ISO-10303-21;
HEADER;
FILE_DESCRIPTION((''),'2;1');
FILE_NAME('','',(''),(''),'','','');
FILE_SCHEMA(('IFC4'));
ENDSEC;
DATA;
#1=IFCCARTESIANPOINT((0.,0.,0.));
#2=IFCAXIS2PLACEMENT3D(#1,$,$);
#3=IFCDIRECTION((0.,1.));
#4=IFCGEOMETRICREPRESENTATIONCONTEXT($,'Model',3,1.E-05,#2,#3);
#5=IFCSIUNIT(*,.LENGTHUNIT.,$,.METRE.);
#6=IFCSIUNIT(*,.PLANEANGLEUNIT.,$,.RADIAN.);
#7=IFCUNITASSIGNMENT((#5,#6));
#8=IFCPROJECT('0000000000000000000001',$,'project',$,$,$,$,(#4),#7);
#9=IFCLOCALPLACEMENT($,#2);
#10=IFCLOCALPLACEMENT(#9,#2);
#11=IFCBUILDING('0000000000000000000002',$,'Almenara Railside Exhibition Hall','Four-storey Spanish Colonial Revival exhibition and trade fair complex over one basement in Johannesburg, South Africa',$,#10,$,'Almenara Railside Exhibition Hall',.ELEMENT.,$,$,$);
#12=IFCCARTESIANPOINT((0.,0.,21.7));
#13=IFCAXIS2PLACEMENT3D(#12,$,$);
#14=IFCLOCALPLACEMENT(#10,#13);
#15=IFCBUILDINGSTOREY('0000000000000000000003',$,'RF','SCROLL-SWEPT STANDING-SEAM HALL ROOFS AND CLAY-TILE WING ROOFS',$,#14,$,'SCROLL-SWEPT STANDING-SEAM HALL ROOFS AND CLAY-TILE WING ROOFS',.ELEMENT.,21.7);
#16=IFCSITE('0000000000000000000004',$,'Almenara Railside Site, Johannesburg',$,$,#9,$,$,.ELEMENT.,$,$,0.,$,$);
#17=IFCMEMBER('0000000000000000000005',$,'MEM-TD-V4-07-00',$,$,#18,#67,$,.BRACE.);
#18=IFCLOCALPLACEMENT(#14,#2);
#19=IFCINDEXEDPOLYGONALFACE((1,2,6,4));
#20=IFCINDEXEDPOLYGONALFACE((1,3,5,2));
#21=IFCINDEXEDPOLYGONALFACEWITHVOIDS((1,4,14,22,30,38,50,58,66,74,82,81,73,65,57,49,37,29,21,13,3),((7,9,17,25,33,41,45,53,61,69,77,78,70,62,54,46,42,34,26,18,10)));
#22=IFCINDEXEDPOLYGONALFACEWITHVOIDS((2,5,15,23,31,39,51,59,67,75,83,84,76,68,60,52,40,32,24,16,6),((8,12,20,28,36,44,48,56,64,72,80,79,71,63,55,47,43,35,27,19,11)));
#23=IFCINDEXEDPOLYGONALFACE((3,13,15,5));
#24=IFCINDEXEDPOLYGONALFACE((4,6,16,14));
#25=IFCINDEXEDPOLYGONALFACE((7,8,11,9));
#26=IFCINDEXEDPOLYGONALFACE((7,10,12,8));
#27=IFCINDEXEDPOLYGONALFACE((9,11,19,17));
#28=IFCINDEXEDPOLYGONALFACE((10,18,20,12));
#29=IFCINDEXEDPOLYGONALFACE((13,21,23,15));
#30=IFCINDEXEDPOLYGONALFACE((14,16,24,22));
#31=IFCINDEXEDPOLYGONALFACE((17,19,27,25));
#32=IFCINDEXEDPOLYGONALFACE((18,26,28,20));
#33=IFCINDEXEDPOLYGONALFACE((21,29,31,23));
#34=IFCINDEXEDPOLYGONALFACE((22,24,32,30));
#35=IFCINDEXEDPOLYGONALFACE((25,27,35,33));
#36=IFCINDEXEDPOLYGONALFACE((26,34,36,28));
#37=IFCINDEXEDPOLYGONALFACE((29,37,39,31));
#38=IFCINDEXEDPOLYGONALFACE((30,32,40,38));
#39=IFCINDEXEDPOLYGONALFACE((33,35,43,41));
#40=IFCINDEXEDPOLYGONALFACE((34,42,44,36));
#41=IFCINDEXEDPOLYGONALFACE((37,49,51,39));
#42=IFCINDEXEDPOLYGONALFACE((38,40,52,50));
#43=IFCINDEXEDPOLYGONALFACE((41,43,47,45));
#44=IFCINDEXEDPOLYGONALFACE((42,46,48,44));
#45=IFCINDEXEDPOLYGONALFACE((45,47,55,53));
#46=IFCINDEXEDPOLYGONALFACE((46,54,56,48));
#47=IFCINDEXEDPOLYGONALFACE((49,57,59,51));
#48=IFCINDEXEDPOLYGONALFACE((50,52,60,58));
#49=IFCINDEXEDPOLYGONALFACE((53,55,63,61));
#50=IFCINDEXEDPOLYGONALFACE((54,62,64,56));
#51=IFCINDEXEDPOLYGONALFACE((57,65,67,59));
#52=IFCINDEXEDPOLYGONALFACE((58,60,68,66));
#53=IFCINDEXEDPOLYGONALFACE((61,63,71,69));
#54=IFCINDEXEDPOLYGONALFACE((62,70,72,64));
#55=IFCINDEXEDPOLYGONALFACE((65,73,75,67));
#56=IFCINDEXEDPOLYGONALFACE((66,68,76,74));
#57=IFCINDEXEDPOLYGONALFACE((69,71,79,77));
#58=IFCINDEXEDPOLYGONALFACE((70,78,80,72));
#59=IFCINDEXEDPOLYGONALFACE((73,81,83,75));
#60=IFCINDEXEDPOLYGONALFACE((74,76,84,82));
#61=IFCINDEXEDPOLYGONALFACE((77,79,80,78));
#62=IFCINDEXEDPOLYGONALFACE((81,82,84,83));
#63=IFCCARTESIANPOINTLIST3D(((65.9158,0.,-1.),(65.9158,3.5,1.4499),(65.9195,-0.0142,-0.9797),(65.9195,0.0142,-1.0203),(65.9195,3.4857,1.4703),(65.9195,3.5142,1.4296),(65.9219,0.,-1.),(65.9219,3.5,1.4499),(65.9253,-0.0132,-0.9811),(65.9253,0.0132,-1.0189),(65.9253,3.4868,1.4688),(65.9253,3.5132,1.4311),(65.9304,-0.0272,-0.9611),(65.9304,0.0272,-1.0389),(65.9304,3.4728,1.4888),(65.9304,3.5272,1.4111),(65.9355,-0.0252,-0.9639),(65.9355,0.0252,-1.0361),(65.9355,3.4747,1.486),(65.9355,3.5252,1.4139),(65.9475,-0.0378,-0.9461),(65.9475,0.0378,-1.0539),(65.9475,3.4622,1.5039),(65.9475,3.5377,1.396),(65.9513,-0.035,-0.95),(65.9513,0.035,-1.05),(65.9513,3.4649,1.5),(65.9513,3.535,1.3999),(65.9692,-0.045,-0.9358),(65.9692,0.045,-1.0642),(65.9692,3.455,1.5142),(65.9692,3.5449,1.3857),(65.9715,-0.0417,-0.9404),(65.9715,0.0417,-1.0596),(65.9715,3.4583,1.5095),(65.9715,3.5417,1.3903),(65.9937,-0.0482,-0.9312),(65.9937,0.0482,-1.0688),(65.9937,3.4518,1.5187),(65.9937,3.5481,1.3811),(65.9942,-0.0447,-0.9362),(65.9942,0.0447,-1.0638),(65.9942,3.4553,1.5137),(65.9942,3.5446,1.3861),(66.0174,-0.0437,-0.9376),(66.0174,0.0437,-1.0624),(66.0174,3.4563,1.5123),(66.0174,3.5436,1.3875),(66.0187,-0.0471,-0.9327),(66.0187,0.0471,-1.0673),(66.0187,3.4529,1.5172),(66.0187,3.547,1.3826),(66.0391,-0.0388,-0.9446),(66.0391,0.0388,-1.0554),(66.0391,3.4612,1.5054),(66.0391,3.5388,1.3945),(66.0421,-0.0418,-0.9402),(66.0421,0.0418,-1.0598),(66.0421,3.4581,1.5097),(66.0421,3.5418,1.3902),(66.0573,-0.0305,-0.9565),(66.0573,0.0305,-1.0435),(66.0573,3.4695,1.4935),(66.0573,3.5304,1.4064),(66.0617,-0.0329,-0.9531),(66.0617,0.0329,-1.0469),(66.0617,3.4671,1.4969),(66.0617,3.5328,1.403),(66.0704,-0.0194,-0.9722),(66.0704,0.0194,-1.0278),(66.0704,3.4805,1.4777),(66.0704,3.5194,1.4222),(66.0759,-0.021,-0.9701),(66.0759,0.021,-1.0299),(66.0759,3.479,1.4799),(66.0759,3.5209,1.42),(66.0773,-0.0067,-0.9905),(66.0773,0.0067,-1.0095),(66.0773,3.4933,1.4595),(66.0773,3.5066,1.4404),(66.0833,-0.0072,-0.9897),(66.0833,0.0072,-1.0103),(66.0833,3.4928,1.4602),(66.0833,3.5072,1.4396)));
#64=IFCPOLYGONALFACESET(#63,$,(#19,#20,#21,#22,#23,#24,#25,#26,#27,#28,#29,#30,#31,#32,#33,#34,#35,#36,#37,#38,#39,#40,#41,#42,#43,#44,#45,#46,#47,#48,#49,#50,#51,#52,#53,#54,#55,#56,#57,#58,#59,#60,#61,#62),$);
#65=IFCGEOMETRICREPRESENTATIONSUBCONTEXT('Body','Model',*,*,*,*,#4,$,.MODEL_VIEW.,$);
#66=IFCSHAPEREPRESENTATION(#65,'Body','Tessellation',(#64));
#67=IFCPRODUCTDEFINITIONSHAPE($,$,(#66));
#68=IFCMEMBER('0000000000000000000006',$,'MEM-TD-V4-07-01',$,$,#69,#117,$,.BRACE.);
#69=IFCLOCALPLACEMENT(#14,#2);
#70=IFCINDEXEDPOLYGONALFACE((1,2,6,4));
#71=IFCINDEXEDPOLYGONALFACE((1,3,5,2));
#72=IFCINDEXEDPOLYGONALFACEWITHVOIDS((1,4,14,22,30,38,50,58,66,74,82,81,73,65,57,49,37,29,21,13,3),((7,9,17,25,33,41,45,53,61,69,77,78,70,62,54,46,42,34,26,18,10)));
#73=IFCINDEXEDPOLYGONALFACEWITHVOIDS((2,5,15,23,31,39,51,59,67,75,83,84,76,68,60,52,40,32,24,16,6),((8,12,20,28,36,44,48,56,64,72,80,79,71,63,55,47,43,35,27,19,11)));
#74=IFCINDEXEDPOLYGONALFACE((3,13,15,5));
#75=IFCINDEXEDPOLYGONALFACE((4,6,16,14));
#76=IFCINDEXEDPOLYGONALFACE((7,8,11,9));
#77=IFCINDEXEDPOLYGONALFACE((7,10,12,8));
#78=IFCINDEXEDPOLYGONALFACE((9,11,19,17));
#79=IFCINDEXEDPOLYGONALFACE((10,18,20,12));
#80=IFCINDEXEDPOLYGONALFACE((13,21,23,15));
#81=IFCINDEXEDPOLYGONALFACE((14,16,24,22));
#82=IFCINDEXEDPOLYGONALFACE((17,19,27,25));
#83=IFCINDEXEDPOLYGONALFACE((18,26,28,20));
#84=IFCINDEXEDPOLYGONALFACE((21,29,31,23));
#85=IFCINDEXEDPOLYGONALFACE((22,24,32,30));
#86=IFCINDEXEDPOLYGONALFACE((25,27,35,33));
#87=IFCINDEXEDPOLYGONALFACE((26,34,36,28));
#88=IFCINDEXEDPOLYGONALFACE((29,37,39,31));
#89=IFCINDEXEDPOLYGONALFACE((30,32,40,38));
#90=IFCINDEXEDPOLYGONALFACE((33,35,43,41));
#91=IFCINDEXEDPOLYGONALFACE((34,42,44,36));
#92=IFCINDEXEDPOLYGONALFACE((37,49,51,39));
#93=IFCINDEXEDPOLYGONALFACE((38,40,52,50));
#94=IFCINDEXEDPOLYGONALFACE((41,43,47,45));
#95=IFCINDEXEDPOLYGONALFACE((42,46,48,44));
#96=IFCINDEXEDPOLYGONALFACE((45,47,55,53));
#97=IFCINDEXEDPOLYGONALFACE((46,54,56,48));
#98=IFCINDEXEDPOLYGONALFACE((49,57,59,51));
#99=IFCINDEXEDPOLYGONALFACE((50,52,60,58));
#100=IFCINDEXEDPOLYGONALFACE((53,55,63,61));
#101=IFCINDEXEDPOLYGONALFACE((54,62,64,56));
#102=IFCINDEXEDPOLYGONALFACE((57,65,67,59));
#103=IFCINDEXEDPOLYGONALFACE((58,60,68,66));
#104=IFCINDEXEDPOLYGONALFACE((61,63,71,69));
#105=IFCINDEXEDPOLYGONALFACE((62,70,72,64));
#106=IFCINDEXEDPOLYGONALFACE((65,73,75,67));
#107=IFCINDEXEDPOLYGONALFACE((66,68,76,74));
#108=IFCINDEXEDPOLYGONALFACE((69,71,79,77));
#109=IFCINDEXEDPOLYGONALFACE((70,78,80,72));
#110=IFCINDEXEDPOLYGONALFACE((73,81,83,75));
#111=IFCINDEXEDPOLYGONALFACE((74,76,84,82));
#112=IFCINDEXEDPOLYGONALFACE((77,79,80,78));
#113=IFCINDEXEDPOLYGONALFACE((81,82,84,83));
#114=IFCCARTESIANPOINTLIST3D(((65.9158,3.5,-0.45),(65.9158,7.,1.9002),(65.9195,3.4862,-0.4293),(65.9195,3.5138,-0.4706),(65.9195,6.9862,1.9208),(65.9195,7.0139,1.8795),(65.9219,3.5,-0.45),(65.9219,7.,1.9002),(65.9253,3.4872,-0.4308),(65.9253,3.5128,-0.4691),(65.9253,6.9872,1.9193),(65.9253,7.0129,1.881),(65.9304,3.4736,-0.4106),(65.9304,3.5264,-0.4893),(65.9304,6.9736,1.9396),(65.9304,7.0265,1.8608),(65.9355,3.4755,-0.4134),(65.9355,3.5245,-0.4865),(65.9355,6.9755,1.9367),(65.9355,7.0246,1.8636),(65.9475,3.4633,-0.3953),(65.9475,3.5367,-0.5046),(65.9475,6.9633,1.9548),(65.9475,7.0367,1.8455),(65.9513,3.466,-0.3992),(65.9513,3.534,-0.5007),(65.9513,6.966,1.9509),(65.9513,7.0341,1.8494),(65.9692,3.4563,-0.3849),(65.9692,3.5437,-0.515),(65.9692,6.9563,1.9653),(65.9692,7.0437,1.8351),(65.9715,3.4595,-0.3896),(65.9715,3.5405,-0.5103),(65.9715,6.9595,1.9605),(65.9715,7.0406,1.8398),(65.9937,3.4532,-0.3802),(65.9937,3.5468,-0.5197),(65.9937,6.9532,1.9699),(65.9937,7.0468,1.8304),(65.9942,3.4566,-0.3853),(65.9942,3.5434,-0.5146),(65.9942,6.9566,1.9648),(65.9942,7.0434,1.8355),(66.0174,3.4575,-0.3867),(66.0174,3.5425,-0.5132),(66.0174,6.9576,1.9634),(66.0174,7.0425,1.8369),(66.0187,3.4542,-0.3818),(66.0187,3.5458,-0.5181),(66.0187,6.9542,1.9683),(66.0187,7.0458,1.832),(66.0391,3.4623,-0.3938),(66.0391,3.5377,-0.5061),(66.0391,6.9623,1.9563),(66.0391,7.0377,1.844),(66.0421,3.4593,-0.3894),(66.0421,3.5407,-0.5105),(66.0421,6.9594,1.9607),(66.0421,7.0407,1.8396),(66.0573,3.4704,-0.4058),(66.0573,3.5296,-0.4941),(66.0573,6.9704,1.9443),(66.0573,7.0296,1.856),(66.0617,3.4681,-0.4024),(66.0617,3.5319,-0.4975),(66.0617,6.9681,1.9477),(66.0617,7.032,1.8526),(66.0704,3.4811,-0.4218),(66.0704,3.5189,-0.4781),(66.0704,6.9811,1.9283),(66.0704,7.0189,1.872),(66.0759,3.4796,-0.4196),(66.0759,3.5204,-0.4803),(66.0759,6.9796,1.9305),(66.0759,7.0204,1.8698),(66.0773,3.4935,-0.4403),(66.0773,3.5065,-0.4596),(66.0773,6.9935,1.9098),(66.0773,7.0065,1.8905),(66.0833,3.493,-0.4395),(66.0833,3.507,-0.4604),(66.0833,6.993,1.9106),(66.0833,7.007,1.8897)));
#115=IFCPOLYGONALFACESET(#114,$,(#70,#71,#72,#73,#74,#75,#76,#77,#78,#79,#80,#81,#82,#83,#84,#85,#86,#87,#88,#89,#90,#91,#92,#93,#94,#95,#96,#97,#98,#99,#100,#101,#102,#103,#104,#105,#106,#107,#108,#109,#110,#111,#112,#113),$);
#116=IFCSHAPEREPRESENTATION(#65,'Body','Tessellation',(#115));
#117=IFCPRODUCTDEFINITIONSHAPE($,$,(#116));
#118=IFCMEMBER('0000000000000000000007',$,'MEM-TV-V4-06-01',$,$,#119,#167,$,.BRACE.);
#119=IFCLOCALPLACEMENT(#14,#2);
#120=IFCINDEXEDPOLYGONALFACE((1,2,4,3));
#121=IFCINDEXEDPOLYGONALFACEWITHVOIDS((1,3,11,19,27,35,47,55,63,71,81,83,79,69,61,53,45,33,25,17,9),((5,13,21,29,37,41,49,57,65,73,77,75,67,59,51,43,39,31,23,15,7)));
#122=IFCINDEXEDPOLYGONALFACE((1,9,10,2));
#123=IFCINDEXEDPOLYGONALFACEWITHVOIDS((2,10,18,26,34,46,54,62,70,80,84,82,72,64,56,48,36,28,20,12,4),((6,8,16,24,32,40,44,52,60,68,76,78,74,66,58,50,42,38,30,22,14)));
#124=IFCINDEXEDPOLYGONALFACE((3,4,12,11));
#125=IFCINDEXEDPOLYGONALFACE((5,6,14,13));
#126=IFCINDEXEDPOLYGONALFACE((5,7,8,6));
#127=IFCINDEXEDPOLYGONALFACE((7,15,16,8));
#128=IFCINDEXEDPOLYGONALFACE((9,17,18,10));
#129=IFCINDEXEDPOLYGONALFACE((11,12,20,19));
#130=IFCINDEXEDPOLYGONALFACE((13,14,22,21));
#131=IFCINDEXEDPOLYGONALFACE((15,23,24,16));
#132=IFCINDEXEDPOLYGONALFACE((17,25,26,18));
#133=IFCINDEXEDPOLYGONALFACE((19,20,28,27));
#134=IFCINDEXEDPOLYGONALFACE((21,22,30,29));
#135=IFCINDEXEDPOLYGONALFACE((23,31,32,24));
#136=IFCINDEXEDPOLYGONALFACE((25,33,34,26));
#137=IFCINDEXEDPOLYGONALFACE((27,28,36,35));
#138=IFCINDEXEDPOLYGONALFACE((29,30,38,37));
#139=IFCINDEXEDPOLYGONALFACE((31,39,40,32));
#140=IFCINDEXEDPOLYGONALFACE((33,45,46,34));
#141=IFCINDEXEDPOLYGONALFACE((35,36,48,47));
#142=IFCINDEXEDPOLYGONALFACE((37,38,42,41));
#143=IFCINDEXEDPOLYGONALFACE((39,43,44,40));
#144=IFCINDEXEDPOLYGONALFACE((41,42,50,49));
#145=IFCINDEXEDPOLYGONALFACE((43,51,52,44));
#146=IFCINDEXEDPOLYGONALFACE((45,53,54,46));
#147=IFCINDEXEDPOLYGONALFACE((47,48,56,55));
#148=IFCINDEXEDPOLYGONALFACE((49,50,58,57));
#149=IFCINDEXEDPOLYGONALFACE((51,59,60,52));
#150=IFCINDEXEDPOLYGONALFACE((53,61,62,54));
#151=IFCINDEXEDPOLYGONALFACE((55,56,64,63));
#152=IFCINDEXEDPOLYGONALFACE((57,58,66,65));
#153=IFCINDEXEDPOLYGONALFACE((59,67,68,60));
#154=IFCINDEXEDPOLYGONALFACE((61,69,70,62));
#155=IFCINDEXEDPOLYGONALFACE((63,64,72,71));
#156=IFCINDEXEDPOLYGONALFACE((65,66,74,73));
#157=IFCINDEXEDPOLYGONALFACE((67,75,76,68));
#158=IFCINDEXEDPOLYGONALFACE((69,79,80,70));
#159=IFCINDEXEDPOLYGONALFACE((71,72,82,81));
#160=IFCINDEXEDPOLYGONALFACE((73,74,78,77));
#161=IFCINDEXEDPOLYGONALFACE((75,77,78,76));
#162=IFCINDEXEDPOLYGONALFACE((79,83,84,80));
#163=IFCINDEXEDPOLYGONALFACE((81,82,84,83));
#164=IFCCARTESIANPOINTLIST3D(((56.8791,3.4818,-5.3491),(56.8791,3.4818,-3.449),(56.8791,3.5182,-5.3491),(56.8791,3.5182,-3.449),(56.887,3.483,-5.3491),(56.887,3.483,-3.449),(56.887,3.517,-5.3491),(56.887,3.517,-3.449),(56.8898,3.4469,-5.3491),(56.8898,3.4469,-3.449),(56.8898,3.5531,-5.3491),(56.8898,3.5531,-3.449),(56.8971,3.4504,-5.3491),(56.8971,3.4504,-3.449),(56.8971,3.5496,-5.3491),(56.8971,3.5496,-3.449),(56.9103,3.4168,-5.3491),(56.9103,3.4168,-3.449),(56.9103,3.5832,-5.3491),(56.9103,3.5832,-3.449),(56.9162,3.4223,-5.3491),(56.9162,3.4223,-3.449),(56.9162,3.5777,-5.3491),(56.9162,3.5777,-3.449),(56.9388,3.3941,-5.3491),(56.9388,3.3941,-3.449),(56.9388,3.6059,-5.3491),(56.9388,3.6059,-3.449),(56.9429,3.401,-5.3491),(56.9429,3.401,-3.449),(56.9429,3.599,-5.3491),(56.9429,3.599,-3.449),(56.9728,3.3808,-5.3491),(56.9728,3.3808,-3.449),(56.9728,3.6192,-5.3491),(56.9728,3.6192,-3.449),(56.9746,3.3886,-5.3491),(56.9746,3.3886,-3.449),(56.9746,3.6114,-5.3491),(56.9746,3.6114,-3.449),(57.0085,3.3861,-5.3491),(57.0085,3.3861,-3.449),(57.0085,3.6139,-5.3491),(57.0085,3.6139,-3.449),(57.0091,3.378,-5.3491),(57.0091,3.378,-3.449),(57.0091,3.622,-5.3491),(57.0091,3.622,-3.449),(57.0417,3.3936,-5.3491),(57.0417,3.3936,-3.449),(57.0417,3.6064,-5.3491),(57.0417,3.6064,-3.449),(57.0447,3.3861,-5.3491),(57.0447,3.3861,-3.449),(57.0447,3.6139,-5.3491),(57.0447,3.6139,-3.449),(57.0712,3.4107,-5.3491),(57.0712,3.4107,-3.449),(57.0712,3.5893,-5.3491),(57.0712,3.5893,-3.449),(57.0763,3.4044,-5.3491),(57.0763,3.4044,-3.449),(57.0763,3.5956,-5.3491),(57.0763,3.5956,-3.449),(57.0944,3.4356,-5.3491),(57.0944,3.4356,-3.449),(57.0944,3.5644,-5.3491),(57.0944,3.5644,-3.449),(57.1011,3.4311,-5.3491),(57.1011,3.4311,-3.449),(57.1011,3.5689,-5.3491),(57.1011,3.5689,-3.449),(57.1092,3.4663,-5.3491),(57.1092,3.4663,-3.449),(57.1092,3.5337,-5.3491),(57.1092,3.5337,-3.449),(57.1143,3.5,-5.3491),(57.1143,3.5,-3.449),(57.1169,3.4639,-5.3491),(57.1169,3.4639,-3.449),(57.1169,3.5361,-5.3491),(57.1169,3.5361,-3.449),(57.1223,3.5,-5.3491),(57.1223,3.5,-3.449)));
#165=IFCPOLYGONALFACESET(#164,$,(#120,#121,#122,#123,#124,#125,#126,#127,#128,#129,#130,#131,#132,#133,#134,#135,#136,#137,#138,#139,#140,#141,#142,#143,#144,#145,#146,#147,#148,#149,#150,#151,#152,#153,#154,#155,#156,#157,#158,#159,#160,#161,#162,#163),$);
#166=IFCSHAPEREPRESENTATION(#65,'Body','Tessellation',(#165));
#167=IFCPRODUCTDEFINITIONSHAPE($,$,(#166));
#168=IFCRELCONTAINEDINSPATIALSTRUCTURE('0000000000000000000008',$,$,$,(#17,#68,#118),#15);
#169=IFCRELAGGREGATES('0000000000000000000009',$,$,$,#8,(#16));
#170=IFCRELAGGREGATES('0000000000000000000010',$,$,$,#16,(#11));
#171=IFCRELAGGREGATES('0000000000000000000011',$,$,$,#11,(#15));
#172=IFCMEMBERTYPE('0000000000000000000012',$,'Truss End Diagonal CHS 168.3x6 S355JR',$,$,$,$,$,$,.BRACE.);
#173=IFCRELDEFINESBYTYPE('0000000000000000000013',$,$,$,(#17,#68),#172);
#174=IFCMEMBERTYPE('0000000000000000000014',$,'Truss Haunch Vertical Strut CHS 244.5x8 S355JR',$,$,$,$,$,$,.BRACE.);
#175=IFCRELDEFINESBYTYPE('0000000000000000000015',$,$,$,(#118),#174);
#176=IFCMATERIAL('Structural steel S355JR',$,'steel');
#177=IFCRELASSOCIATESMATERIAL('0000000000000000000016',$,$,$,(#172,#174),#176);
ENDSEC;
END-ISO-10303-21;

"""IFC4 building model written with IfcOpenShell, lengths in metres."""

from ifc_helpers import new_model, si_unit, direction, frame, origin, origin_2d, place, context, subcontext, project, spatial, hollow_circle, extrude, material, material_profile, profile_set, type_object, element, save


model = new_model("IFC4")

# Units and contexts
model_context = context("Model", 3, precision=1e-05, world=origin(), true_north=direction((0.0, 1.0)))
body_context = subcontext(model_context, "Body", "Model", "MODEL_VIEW")
ifc_project = project(units=[si_unit("LENGTHUNIT", "METRE"), si_unit("PLANEANGLEUNIT", "RADIAN")], contexts=[model_context])

# Site, building, storey
site_placement = place(None, origin())
site = spatial("IfcSite", under=ifc_project, at=site_placement, Name="Almenara Railside Site, Johannesburg", CompositionType="ELEMENT", RefElevation=0.0)
building_placement = place(site_placement, origin())
building = spatial("IfcBuilding", under=site, at=building_placement, Name="Almenara Railside Exhibition Hall", Description="Four-storey Spanish Colonial Revival exhibition and trade fair complex over one basement in Johannesburg, South Africa", LongName="Almenara Railside Exhibition Hall", CompositionType="ELEMENT")
storey_placement = place(building_placement, frame((0.0, 0.0, 21.7)))
storey = spatial("IfcBuildingStorey", under=building, at=storey_placement, Name="RF", Description="SCROLL-SWEPT STANDING-SEAM HALL ROOFS AND CLAY-TILE WING ROOFS", LongName="SCROLL-SWEPT STANDING-SEAM HALL ROOFS AND CLAY-TILE WING ROOFS", CompositionType="ELEMENT", Elevation=21.7)

# Shared definitions
ifc_material = material(Name="Structural steel S355JR", Category="steel")

# Members
ifc_material_profile_1 = material_profile(ifc_material, hollow_circle(Radius=0.0842, WallThickness=0.0061, at=origin_2d()), Name="CHS 168.3x6")
ifc_profile_set_1 = profile_set([ifc_material_profile_1], Name="Structural steel S355JR")
member_type_1 = type_object("IfcMemberType", Name="Truss End Diagonal CHS 168.3x6 S355JR", PredefinedType="BRACE", material=ifc_profile_set_1)
member_1_placement = place(storey_placement, frame((66.0, 0.0, -1.0), z_axis=(0.0, 0.819237, 0.573455), x_axis=(-1.0, 0.0, 0.0)))
element("IfcMember", 1, at=member_1_placement, inside=storey, type_object=member_type_1, Name="MEM-TD-V4-07-00", PredefinedType="BRACE", context=body_context, shape_type="SweptSolid", body=[
    extrude(hollow_circle(Radius=0.0842, WallThickness=0.0061, at=origin_2d()), origin(), (0.0, 0.0, 1.0), 4.2722),
])
member_2_placement = place(storey_placement, frame((66.0, 3.5, -0.45), z_axis=(0.0, 0.83021, 0.55745), x_axis=(-1.0, 0.0, 0.0)))
element("IfcMember", 2, at=member_2_placement, inside=storey, type_object=member_type_1, Name="MEM-TD-V4-07-01", PredefinedType="BRACE", context=body_context, shape_type="SweptSolid", body=[
    extrude(hollow_circle(Radius=0.0842, WallThickness=0.0061, at=origin_2d()), origin(), (0.0, 0.0, 1.0), 4.2158),
])
ifc_material_profile_2 = material_profile(ifc_material, hollow_circle(Radius=0.1223, WallThickness=0.0081, at=origin_2d()), Name="CHS 244.5x8")
ifc_profile_set_2 = profile_set([ifc_material_profile_2], Name="Structural steel S355JR")
member_type_2 = type_object("IfcMemberType", Name="Truss Haunch Vertical Strut CHS 244.5x8 S355JR", PredefinedType="BRACE", material=ifc_profile_set_2)
member_3_placement = place(storey_placement, frame((57.0, 3.5, -5.3491), z_axis=(0.0, 0.0, 1.0), x_axis=(1.0, 0.0, 0.0)))
element("IfcMember", 3, at=member_3_placement, inside=storey, type_object=member_type_2, Name="MEM-TV-V4-06-01", PredefinedType="BRACE", context=body_context, shape_type="SweptSolid", body=[
    extrude(hollow_circle(Radius=0.1223, WallThickness=0.0081, at=origin_2d()), origin(), (0.0, 0.0, 1.0), 1.9001),
])

save(model, "model.ifc")
